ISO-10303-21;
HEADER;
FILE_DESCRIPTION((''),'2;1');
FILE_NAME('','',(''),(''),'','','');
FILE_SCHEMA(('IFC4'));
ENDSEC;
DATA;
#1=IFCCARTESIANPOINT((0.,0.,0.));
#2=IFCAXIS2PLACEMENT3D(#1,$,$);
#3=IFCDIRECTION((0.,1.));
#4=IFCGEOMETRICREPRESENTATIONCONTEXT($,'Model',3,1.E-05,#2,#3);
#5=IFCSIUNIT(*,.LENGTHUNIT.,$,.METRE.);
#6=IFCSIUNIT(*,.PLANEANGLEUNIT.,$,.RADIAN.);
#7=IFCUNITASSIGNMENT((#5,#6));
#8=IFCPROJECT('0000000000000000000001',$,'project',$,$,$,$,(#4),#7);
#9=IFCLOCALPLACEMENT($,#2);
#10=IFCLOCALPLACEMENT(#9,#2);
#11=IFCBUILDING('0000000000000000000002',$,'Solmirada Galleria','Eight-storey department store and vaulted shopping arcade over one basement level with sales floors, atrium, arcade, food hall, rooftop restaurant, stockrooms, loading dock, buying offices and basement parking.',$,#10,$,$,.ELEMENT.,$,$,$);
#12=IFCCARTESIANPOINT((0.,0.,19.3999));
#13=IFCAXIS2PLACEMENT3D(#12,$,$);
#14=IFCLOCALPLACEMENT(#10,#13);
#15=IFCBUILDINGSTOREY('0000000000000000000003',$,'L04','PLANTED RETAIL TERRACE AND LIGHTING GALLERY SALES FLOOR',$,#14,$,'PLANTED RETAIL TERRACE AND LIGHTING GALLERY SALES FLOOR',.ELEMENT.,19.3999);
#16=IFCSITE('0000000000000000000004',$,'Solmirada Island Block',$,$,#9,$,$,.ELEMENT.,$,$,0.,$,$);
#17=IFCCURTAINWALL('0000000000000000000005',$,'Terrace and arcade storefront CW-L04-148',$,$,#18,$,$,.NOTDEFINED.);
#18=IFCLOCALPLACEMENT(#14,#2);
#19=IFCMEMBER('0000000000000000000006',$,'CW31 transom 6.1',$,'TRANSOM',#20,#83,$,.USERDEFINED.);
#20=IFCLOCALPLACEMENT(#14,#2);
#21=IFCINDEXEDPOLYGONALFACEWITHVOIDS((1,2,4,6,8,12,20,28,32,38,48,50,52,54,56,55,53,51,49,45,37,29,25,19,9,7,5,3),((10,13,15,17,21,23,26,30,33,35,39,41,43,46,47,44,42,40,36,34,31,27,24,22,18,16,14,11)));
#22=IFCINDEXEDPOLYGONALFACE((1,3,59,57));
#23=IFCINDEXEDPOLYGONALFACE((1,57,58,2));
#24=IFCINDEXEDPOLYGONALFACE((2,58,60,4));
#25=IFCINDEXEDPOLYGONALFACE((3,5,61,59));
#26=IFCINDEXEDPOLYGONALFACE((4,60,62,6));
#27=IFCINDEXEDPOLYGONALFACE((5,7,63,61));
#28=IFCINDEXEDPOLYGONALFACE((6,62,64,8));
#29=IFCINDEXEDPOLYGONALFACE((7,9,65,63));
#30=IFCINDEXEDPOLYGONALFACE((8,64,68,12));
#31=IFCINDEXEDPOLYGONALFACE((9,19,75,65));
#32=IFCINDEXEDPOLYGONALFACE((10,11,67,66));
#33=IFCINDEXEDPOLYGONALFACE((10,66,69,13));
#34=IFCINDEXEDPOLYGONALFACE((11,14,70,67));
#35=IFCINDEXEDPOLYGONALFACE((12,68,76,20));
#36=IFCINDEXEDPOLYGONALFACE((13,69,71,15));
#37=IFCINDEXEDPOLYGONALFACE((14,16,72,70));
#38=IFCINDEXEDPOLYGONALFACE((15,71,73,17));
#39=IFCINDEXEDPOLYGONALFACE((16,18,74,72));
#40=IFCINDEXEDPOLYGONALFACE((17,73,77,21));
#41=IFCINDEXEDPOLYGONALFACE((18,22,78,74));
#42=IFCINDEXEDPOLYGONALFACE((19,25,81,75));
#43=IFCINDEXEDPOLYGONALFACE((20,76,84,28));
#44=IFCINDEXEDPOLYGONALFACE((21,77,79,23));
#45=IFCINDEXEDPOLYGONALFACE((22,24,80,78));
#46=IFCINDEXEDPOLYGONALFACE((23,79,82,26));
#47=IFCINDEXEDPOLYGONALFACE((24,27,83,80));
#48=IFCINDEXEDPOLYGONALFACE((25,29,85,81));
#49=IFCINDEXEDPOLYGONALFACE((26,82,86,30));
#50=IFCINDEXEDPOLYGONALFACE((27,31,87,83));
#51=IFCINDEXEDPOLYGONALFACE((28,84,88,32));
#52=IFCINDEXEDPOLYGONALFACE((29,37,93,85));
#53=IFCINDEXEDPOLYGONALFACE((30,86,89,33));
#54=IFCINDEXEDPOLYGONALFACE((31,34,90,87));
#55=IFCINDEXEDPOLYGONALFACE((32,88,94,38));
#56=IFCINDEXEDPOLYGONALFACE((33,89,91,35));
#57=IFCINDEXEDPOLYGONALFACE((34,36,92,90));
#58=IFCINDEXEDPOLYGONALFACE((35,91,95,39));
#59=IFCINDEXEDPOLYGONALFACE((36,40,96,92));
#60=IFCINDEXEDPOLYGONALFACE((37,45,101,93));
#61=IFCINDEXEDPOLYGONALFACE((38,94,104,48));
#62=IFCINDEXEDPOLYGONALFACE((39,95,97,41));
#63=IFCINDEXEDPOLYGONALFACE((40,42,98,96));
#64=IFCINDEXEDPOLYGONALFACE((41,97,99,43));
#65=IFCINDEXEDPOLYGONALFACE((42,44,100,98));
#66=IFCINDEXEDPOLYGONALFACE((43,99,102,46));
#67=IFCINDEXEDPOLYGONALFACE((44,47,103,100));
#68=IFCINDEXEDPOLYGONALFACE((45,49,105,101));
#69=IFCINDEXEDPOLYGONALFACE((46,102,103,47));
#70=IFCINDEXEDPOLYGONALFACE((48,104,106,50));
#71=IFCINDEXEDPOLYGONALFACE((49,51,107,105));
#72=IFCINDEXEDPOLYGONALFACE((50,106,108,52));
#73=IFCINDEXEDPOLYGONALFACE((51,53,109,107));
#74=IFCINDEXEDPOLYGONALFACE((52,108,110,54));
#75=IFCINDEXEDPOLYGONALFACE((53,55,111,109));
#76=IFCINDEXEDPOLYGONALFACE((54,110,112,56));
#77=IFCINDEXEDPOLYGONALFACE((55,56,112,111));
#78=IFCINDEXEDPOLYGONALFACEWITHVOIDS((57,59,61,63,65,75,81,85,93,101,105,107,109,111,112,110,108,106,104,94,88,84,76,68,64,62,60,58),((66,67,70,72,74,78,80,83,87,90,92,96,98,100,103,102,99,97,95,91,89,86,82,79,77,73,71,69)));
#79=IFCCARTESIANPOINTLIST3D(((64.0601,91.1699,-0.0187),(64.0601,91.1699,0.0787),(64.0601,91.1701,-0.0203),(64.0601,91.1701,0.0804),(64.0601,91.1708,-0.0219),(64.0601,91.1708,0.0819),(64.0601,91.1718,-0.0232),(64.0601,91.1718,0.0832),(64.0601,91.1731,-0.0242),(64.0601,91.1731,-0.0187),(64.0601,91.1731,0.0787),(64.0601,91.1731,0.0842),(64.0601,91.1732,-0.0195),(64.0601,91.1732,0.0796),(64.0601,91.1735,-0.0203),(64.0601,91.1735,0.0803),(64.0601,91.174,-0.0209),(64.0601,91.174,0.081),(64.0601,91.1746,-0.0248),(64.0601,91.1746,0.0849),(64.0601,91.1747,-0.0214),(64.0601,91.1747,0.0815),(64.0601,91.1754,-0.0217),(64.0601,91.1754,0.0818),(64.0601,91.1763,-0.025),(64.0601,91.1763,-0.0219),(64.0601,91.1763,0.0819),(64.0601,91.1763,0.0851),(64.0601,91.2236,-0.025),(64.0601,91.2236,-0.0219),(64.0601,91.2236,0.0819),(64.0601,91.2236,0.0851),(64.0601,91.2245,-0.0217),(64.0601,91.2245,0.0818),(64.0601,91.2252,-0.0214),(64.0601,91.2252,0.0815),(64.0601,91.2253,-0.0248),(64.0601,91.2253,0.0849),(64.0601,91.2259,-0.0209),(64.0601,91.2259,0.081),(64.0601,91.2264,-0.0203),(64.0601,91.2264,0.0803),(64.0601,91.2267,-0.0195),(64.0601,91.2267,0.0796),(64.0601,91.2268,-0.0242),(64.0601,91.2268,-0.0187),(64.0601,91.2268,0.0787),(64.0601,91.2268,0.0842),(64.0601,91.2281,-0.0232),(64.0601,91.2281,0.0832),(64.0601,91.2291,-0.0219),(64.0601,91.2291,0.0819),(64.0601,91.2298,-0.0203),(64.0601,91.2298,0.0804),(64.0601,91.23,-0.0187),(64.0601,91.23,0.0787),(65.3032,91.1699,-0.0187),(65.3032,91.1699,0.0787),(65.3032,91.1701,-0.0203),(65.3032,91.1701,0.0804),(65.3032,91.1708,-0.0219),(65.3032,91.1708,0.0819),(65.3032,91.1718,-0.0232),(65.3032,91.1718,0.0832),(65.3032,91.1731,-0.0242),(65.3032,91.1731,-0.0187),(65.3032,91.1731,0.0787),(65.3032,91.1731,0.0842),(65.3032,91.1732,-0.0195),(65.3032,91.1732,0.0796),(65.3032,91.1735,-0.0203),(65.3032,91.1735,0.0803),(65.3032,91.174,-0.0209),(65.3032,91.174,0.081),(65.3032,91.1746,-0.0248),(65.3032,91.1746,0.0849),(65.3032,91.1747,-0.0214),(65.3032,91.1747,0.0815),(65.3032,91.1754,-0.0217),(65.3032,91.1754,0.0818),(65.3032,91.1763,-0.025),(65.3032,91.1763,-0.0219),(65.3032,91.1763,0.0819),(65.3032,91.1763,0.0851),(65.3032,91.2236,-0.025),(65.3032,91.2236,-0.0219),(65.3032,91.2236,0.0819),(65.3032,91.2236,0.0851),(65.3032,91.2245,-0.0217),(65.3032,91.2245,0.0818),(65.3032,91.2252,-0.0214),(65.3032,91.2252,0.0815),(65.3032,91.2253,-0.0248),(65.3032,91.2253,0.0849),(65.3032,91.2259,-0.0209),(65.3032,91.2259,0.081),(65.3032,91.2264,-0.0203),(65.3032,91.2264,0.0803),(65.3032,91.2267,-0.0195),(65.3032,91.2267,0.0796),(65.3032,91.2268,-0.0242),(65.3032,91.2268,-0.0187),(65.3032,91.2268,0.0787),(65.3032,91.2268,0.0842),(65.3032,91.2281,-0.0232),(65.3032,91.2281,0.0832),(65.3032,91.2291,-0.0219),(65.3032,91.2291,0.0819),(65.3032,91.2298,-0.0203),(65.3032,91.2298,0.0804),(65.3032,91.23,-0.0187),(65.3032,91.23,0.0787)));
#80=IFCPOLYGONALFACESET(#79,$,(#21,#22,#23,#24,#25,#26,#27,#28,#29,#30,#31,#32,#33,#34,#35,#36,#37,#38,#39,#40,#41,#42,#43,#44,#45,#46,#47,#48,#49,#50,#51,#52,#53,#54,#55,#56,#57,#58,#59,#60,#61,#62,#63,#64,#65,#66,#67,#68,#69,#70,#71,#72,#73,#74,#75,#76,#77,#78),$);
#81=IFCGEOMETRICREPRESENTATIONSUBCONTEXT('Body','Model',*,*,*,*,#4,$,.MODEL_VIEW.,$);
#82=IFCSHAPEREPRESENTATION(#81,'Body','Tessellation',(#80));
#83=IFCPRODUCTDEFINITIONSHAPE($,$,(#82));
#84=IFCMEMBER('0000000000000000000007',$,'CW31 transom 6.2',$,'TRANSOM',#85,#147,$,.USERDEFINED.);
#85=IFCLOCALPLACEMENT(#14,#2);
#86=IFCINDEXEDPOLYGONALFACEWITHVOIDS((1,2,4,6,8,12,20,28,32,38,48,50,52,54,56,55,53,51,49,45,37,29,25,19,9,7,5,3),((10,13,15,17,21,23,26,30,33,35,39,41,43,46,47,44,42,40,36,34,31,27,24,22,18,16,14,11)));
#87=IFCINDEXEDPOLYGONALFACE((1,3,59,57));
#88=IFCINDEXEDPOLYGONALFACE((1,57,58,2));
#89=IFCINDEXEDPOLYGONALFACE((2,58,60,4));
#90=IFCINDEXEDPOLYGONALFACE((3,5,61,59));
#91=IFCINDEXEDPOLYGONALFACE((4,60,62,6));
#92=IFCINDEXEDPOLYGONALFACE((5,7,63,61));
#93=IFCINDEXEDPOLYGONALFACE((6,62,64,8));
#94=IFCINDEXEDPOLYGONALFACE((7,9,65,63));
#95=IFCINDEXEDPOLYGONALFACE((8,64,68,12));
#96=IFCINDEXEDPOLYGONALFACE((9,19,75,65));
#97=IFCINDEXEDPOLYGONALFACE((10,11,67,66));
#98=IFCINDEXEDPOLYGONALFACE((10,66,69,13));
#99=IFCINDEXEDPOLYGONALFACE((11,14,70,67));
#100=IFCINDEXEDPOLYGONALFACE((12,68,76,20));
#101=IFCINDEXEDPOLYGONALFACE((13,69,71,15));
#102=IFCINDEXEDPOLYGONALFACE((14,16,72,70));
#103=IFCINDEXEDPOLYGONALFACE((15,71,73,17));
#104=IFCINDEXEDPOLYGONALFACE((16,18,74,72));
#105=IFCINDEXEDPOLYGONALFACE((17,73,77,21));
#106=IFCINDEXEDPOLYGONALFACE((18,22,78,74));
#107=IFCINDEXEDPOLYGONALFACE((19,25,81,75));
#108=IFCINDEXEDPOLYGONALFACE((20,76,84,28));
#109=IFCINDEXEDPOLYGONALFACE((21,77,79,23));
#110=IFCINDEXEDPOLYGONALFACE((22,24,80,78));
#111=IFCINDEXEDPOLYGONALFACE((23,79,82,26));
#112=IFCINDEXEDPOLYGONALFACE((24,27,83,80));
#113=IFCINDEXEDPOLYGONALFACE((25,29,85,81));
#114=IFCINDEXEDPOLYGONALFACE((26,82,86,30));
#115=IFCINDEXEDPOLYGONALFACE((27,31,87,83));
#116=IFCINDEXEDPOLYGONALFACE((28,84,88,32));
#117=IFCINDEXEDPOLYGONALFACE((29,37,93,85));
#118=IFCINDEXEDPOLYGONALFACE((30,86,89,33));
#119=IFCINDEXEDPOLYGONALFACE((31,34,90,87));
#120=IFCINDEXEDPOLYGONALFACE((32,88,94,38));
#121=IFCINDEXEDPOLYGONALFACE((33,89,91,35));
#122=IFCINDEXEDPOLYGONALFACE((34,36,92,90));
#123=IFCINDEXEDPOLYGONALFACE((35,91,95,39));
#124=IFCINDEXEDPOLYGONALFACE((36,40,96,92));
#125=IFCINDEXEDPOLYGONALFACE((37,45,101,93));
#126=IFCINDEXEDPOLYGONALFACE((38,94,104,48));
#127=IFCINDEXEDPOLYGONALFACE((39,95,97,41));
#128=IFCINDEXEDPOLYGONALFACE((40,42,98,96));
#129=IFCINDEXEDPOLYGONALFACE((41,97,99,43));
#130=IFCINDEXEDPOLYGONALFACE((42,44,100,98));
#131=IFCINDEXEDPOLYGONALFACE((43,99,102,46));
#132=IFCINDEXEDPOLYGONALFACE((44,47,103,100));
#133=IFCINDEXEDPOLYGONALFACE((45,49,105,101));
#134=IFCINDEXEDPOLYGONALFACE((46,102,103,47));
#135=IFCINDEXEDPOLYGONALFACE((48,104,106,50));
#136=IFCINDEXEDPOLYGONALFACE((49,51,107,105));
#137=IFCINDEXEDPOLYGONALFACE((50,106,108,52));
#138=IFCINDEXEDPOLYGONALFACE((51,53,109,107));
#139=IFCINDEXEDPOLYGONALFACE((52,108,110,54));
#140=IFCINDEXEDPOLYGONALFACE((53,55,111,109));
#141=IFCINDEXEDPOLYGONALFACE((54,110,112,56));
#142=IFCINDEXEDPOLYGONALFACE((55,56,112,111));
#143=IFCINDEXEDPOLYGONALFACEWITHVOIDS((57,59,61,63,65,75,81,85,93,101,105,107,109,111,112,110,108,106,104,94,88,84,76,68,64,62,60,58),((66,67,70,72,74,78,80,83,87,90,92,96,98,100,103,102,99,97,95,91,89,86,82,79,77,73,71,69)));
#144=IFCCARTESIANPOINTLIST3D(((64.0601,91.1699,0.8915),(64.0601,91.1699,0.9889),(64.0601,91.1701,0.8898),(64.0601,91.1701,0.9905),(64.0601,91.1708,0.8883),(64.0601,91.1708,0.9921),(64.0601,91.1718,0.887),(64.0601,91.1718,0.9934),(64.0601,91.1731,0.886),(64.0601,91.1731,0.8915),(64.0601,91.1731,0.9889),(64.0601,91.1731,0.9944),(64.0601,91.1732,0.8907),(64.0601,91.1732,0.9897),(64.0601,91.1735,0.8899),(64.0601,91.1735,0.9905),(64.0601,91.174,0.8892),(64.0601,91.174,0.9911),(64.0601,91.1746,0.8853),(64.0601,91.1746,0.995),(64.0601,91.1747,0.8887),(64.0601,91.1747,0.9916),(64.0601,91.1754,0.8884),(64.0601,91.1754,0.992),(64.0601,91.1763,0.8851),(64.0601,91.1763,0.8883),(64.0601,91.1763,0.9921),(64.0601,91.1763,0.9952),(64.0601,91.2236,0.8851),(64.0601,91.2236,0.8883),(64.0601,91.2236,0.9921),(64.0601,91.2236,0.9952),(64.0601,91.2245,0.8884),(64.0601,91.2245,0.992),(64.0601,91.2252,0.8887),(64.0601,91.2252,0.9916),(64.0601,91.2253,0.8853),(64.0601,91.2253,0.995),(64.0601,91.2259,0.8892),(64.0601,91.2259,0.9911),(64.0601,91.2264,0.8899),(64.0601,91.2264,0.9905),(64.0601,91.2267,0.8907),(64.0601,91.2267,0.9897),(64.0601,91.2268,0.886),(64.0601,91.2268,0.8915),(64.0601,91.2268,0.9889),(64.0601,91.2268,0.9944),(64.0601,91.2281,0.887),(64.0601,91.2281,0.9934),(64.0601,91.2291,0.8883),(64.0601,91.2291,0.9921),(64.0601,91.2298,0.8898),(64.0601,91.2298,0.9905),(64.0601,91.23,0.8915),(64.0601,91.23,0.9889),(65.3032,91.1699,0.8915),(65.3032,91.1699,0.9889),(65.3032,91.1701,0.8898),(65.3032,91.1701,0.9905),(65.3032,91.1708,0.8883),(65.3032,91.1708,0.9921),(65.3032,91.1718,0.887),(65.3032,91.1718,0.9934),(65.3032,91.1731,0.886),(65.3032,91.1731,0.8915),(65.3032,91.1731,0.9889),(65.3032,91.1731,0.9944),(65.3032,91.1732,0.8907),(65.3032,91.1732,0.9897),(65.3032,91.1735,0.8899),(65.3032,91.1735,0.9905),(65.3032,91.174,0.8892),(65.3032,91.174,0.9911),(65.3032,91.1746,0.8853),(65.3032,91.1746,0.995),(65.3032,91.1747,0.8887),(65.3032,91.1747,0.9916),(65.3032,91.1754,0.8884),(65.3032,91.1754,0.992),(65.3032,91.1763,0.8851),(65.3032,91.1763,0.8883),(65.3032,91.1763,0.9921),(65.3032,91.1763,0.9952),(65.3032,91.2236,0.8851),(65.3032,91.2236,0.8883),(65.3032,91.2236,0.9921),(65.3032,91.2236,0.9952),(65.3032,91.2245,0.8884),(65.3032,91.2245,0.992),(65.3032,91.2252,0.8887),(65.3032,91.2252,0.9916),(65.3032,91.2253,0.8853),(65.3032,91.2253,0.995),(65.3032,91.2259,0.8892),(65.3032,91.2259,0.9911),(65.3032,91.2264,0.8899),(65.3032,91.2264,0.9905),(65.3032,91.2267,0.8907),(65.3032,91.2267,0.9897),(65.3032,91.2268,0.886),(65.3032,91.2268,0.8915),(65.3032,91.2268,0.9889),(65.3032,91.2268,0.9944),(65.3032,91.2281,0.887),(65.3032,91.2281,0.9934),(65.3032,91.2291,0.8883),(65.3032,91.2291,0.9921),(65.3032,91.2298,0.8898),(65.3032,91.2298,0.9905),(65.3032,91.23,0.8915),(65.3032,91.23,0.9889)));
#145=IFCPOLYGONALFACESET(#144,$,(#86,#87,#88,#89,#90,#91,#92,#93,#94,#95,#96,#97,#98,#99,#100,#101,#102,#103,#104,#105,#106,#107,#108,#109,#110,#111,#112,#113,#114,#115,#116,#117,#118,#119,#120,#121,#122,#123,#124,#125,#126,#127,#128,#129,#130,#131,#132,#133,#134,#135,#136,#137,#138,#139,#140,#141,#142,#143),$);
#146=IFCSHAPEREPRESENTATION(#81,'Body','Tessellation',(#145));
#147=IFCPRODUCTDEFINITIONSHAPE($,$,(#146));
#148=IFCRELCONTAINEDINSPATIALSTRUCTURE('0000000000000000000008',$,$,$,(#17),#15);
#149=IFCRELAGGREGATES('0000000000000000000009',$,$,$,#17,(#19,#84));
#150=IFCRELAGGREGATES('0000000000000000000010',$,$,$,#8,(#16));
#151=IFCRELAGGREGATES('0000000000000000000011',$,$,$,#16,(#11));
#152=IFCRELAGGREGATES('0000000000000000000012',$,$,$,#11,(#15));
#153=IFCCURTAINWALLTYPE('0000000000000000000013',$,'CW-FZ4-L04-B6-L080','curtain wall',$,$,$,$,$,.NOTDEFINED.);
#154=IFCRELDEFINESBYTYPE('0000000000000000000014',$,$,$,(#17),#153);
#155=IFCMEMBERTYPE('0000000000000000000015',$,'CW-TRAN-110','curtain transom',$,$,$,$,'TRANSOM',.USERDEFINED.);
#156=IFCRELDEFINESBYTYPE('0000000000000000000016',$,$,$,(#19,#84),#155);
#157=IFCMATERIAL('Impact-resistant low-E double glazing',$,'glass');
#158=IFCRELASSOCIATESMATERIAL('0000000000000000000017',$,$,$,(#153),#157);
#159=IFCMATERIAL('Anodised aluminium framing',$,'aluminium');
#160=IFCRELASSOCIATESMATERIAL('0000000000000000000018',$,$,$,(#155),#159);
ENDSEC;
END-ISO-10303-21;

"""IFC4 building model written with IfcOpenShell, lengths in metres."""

from ifc_helpers import new_model, si_unit, direction, frame, origin, origin_2d, place, context, subcontext, project, spatial, hollow_rectangle, extrude, material, material_profile, profile_set, type_object, element, aggregate, save


model = new_model("IFC4")

# Units and contexts
model_context = context("Model", 3, precision=1e-05, world=origin(), true_north=direction((0.0, 1.0)))
body_context = subcontext(model_context, "Body", "Model", "MODEL_VIEW")
ifc_project = project(units=[si_unit("LENGTHUNIT", "METRE"), si_unit("PLANEANGLEUNIT", "RADIAN")], contexts=[model_context])

# Site, building, storey
site_placement = place(None, origin())
site = spatial("IfcSite", under=ifc_project, at=site_placement, Name="Solmirada Island Block", CompositionType="ELEMENT", RefElevation=0.0)
building_placement = place(site_placement, origin())
building = spatial("IfcBuilding", under=site, at=building_placement, Name="Solmirada Galleria", Description="Eight-storey department store and vaulted shopping arcade over one basement level with sales floors, atrium, arcade, food hall, rooftop restaurant, stockrooms, loading dock, buying offices and basement parking.", CompositionType="ELEMENT")
storey_placement = place(building_placement, frame((0.0, 0.0, 19.3999)))
storey = spatial("IfcBuildingStorey", under=building, at=storey_placement, Name="L04", Description="PLANTED RETAIL TERRACE AND LIGHTING GALLERY SALES FLOOR", LongName="PLANTED RETAIL TERRACE AND LIGHTING GALLERY SALES FLOOR", CompositionType="ELEMENT", Elevation=19.3999)

# Curtain wall
ifc_material_1 = material(Name="Impact-resistant low-E double glazing", Category="glass")
curtain_wall_type = type_object("IfcCurtainWallType", Name="CW-FZ4-L04-B6-L080", Description="curtain wall", PredefinedType="NOTDEFINED", material=ifc_material_1)
curtain_wall_1_placement = place(storey_placement, origin())
curtain_wall_1 = element("IfcCurtainWall", 1, at=curtain_wall_1_placement, inside=storey, type_object=curtain_wall_type, Name="Terrace and arcade storefront CW-L04-148", PredefinedType="NOTDEFINED")
ifc_material_2 = material(Name="Anodised aluminium framing", Category="aluminium")

# Members
ifc_material_profile_1 = material_profile(ifc_material_2, hollow_rectangle(XDim=0.0601, YDim=0.1101, WallThickness=0.0032, InnerFilletRadius=0.0032, OuterFilletRadius=0.0063, at=origin_2d()), Name="ALU-TRAN-110X60")
ifc_profile_set_1 = profile_set([ifc_material_profile_1], Name="Anodised aluminium framing")
member_type_1 = type_object("IfcMemberType", Name="CW-TRAN-110", Description="curtain transom", ElementType="TRANSOM", PredefinedType="USERDEFINED", material=ifc_profile_set_1)
member_1_placement = place(storey_placement, frame((65.3032, 91.2, 0.03), z_axis=(-1.0, 0.0, 0.0), x_axis=(0.0, -1.0, 0.0)))
member_1 = element("IfcMember", 2, at=member_1_placement, type_object=member_type_1, Name="CW31 transom 6.1", ObjectType="TRANSOM", PredefinedType="USERDEFINED", context=body_context, shape_type="SweptSolid", body=[
    extrude(hollow_rectangle(XDim=0.0601, YDim=0.1101, WallThickness=0.0032, InnerFilletRadius=0.0032, OuterFilletRadius=0.0063, at=origin_2d()), origin(), (0.0, 0.0, 1.0), 1.2432),
])
member_2_placement = place(storey_placement, frame((65.3032, 91.2, 0.9402), z_axis=(-1.0, 0.0, 0.0), x_axis=(0.0, -1.0, 0.0)))
member_2 = element("IfcMember", 3, at=member_2_placement, type_object=member_type_1, Name="CW31 transom 6.2", ObjectType="TRANSOM", PredefinedType="USERDEFINED", context=body_context, shape_type="SweptSolid", body=[
    extrude(hollow_rectangle(XDim=0.0601, YDim=0.1101, WallThickness=0.0032, InnerFilletRadius=0.0032, OuterFilletRadius=0.0063, at=origin_2d()), origin(), (0.0, 0.0, 1.0), 1.2432),
])

aggregate(curtain_wall_1, [member_1, member_2])

save(model, "model.ifc")
